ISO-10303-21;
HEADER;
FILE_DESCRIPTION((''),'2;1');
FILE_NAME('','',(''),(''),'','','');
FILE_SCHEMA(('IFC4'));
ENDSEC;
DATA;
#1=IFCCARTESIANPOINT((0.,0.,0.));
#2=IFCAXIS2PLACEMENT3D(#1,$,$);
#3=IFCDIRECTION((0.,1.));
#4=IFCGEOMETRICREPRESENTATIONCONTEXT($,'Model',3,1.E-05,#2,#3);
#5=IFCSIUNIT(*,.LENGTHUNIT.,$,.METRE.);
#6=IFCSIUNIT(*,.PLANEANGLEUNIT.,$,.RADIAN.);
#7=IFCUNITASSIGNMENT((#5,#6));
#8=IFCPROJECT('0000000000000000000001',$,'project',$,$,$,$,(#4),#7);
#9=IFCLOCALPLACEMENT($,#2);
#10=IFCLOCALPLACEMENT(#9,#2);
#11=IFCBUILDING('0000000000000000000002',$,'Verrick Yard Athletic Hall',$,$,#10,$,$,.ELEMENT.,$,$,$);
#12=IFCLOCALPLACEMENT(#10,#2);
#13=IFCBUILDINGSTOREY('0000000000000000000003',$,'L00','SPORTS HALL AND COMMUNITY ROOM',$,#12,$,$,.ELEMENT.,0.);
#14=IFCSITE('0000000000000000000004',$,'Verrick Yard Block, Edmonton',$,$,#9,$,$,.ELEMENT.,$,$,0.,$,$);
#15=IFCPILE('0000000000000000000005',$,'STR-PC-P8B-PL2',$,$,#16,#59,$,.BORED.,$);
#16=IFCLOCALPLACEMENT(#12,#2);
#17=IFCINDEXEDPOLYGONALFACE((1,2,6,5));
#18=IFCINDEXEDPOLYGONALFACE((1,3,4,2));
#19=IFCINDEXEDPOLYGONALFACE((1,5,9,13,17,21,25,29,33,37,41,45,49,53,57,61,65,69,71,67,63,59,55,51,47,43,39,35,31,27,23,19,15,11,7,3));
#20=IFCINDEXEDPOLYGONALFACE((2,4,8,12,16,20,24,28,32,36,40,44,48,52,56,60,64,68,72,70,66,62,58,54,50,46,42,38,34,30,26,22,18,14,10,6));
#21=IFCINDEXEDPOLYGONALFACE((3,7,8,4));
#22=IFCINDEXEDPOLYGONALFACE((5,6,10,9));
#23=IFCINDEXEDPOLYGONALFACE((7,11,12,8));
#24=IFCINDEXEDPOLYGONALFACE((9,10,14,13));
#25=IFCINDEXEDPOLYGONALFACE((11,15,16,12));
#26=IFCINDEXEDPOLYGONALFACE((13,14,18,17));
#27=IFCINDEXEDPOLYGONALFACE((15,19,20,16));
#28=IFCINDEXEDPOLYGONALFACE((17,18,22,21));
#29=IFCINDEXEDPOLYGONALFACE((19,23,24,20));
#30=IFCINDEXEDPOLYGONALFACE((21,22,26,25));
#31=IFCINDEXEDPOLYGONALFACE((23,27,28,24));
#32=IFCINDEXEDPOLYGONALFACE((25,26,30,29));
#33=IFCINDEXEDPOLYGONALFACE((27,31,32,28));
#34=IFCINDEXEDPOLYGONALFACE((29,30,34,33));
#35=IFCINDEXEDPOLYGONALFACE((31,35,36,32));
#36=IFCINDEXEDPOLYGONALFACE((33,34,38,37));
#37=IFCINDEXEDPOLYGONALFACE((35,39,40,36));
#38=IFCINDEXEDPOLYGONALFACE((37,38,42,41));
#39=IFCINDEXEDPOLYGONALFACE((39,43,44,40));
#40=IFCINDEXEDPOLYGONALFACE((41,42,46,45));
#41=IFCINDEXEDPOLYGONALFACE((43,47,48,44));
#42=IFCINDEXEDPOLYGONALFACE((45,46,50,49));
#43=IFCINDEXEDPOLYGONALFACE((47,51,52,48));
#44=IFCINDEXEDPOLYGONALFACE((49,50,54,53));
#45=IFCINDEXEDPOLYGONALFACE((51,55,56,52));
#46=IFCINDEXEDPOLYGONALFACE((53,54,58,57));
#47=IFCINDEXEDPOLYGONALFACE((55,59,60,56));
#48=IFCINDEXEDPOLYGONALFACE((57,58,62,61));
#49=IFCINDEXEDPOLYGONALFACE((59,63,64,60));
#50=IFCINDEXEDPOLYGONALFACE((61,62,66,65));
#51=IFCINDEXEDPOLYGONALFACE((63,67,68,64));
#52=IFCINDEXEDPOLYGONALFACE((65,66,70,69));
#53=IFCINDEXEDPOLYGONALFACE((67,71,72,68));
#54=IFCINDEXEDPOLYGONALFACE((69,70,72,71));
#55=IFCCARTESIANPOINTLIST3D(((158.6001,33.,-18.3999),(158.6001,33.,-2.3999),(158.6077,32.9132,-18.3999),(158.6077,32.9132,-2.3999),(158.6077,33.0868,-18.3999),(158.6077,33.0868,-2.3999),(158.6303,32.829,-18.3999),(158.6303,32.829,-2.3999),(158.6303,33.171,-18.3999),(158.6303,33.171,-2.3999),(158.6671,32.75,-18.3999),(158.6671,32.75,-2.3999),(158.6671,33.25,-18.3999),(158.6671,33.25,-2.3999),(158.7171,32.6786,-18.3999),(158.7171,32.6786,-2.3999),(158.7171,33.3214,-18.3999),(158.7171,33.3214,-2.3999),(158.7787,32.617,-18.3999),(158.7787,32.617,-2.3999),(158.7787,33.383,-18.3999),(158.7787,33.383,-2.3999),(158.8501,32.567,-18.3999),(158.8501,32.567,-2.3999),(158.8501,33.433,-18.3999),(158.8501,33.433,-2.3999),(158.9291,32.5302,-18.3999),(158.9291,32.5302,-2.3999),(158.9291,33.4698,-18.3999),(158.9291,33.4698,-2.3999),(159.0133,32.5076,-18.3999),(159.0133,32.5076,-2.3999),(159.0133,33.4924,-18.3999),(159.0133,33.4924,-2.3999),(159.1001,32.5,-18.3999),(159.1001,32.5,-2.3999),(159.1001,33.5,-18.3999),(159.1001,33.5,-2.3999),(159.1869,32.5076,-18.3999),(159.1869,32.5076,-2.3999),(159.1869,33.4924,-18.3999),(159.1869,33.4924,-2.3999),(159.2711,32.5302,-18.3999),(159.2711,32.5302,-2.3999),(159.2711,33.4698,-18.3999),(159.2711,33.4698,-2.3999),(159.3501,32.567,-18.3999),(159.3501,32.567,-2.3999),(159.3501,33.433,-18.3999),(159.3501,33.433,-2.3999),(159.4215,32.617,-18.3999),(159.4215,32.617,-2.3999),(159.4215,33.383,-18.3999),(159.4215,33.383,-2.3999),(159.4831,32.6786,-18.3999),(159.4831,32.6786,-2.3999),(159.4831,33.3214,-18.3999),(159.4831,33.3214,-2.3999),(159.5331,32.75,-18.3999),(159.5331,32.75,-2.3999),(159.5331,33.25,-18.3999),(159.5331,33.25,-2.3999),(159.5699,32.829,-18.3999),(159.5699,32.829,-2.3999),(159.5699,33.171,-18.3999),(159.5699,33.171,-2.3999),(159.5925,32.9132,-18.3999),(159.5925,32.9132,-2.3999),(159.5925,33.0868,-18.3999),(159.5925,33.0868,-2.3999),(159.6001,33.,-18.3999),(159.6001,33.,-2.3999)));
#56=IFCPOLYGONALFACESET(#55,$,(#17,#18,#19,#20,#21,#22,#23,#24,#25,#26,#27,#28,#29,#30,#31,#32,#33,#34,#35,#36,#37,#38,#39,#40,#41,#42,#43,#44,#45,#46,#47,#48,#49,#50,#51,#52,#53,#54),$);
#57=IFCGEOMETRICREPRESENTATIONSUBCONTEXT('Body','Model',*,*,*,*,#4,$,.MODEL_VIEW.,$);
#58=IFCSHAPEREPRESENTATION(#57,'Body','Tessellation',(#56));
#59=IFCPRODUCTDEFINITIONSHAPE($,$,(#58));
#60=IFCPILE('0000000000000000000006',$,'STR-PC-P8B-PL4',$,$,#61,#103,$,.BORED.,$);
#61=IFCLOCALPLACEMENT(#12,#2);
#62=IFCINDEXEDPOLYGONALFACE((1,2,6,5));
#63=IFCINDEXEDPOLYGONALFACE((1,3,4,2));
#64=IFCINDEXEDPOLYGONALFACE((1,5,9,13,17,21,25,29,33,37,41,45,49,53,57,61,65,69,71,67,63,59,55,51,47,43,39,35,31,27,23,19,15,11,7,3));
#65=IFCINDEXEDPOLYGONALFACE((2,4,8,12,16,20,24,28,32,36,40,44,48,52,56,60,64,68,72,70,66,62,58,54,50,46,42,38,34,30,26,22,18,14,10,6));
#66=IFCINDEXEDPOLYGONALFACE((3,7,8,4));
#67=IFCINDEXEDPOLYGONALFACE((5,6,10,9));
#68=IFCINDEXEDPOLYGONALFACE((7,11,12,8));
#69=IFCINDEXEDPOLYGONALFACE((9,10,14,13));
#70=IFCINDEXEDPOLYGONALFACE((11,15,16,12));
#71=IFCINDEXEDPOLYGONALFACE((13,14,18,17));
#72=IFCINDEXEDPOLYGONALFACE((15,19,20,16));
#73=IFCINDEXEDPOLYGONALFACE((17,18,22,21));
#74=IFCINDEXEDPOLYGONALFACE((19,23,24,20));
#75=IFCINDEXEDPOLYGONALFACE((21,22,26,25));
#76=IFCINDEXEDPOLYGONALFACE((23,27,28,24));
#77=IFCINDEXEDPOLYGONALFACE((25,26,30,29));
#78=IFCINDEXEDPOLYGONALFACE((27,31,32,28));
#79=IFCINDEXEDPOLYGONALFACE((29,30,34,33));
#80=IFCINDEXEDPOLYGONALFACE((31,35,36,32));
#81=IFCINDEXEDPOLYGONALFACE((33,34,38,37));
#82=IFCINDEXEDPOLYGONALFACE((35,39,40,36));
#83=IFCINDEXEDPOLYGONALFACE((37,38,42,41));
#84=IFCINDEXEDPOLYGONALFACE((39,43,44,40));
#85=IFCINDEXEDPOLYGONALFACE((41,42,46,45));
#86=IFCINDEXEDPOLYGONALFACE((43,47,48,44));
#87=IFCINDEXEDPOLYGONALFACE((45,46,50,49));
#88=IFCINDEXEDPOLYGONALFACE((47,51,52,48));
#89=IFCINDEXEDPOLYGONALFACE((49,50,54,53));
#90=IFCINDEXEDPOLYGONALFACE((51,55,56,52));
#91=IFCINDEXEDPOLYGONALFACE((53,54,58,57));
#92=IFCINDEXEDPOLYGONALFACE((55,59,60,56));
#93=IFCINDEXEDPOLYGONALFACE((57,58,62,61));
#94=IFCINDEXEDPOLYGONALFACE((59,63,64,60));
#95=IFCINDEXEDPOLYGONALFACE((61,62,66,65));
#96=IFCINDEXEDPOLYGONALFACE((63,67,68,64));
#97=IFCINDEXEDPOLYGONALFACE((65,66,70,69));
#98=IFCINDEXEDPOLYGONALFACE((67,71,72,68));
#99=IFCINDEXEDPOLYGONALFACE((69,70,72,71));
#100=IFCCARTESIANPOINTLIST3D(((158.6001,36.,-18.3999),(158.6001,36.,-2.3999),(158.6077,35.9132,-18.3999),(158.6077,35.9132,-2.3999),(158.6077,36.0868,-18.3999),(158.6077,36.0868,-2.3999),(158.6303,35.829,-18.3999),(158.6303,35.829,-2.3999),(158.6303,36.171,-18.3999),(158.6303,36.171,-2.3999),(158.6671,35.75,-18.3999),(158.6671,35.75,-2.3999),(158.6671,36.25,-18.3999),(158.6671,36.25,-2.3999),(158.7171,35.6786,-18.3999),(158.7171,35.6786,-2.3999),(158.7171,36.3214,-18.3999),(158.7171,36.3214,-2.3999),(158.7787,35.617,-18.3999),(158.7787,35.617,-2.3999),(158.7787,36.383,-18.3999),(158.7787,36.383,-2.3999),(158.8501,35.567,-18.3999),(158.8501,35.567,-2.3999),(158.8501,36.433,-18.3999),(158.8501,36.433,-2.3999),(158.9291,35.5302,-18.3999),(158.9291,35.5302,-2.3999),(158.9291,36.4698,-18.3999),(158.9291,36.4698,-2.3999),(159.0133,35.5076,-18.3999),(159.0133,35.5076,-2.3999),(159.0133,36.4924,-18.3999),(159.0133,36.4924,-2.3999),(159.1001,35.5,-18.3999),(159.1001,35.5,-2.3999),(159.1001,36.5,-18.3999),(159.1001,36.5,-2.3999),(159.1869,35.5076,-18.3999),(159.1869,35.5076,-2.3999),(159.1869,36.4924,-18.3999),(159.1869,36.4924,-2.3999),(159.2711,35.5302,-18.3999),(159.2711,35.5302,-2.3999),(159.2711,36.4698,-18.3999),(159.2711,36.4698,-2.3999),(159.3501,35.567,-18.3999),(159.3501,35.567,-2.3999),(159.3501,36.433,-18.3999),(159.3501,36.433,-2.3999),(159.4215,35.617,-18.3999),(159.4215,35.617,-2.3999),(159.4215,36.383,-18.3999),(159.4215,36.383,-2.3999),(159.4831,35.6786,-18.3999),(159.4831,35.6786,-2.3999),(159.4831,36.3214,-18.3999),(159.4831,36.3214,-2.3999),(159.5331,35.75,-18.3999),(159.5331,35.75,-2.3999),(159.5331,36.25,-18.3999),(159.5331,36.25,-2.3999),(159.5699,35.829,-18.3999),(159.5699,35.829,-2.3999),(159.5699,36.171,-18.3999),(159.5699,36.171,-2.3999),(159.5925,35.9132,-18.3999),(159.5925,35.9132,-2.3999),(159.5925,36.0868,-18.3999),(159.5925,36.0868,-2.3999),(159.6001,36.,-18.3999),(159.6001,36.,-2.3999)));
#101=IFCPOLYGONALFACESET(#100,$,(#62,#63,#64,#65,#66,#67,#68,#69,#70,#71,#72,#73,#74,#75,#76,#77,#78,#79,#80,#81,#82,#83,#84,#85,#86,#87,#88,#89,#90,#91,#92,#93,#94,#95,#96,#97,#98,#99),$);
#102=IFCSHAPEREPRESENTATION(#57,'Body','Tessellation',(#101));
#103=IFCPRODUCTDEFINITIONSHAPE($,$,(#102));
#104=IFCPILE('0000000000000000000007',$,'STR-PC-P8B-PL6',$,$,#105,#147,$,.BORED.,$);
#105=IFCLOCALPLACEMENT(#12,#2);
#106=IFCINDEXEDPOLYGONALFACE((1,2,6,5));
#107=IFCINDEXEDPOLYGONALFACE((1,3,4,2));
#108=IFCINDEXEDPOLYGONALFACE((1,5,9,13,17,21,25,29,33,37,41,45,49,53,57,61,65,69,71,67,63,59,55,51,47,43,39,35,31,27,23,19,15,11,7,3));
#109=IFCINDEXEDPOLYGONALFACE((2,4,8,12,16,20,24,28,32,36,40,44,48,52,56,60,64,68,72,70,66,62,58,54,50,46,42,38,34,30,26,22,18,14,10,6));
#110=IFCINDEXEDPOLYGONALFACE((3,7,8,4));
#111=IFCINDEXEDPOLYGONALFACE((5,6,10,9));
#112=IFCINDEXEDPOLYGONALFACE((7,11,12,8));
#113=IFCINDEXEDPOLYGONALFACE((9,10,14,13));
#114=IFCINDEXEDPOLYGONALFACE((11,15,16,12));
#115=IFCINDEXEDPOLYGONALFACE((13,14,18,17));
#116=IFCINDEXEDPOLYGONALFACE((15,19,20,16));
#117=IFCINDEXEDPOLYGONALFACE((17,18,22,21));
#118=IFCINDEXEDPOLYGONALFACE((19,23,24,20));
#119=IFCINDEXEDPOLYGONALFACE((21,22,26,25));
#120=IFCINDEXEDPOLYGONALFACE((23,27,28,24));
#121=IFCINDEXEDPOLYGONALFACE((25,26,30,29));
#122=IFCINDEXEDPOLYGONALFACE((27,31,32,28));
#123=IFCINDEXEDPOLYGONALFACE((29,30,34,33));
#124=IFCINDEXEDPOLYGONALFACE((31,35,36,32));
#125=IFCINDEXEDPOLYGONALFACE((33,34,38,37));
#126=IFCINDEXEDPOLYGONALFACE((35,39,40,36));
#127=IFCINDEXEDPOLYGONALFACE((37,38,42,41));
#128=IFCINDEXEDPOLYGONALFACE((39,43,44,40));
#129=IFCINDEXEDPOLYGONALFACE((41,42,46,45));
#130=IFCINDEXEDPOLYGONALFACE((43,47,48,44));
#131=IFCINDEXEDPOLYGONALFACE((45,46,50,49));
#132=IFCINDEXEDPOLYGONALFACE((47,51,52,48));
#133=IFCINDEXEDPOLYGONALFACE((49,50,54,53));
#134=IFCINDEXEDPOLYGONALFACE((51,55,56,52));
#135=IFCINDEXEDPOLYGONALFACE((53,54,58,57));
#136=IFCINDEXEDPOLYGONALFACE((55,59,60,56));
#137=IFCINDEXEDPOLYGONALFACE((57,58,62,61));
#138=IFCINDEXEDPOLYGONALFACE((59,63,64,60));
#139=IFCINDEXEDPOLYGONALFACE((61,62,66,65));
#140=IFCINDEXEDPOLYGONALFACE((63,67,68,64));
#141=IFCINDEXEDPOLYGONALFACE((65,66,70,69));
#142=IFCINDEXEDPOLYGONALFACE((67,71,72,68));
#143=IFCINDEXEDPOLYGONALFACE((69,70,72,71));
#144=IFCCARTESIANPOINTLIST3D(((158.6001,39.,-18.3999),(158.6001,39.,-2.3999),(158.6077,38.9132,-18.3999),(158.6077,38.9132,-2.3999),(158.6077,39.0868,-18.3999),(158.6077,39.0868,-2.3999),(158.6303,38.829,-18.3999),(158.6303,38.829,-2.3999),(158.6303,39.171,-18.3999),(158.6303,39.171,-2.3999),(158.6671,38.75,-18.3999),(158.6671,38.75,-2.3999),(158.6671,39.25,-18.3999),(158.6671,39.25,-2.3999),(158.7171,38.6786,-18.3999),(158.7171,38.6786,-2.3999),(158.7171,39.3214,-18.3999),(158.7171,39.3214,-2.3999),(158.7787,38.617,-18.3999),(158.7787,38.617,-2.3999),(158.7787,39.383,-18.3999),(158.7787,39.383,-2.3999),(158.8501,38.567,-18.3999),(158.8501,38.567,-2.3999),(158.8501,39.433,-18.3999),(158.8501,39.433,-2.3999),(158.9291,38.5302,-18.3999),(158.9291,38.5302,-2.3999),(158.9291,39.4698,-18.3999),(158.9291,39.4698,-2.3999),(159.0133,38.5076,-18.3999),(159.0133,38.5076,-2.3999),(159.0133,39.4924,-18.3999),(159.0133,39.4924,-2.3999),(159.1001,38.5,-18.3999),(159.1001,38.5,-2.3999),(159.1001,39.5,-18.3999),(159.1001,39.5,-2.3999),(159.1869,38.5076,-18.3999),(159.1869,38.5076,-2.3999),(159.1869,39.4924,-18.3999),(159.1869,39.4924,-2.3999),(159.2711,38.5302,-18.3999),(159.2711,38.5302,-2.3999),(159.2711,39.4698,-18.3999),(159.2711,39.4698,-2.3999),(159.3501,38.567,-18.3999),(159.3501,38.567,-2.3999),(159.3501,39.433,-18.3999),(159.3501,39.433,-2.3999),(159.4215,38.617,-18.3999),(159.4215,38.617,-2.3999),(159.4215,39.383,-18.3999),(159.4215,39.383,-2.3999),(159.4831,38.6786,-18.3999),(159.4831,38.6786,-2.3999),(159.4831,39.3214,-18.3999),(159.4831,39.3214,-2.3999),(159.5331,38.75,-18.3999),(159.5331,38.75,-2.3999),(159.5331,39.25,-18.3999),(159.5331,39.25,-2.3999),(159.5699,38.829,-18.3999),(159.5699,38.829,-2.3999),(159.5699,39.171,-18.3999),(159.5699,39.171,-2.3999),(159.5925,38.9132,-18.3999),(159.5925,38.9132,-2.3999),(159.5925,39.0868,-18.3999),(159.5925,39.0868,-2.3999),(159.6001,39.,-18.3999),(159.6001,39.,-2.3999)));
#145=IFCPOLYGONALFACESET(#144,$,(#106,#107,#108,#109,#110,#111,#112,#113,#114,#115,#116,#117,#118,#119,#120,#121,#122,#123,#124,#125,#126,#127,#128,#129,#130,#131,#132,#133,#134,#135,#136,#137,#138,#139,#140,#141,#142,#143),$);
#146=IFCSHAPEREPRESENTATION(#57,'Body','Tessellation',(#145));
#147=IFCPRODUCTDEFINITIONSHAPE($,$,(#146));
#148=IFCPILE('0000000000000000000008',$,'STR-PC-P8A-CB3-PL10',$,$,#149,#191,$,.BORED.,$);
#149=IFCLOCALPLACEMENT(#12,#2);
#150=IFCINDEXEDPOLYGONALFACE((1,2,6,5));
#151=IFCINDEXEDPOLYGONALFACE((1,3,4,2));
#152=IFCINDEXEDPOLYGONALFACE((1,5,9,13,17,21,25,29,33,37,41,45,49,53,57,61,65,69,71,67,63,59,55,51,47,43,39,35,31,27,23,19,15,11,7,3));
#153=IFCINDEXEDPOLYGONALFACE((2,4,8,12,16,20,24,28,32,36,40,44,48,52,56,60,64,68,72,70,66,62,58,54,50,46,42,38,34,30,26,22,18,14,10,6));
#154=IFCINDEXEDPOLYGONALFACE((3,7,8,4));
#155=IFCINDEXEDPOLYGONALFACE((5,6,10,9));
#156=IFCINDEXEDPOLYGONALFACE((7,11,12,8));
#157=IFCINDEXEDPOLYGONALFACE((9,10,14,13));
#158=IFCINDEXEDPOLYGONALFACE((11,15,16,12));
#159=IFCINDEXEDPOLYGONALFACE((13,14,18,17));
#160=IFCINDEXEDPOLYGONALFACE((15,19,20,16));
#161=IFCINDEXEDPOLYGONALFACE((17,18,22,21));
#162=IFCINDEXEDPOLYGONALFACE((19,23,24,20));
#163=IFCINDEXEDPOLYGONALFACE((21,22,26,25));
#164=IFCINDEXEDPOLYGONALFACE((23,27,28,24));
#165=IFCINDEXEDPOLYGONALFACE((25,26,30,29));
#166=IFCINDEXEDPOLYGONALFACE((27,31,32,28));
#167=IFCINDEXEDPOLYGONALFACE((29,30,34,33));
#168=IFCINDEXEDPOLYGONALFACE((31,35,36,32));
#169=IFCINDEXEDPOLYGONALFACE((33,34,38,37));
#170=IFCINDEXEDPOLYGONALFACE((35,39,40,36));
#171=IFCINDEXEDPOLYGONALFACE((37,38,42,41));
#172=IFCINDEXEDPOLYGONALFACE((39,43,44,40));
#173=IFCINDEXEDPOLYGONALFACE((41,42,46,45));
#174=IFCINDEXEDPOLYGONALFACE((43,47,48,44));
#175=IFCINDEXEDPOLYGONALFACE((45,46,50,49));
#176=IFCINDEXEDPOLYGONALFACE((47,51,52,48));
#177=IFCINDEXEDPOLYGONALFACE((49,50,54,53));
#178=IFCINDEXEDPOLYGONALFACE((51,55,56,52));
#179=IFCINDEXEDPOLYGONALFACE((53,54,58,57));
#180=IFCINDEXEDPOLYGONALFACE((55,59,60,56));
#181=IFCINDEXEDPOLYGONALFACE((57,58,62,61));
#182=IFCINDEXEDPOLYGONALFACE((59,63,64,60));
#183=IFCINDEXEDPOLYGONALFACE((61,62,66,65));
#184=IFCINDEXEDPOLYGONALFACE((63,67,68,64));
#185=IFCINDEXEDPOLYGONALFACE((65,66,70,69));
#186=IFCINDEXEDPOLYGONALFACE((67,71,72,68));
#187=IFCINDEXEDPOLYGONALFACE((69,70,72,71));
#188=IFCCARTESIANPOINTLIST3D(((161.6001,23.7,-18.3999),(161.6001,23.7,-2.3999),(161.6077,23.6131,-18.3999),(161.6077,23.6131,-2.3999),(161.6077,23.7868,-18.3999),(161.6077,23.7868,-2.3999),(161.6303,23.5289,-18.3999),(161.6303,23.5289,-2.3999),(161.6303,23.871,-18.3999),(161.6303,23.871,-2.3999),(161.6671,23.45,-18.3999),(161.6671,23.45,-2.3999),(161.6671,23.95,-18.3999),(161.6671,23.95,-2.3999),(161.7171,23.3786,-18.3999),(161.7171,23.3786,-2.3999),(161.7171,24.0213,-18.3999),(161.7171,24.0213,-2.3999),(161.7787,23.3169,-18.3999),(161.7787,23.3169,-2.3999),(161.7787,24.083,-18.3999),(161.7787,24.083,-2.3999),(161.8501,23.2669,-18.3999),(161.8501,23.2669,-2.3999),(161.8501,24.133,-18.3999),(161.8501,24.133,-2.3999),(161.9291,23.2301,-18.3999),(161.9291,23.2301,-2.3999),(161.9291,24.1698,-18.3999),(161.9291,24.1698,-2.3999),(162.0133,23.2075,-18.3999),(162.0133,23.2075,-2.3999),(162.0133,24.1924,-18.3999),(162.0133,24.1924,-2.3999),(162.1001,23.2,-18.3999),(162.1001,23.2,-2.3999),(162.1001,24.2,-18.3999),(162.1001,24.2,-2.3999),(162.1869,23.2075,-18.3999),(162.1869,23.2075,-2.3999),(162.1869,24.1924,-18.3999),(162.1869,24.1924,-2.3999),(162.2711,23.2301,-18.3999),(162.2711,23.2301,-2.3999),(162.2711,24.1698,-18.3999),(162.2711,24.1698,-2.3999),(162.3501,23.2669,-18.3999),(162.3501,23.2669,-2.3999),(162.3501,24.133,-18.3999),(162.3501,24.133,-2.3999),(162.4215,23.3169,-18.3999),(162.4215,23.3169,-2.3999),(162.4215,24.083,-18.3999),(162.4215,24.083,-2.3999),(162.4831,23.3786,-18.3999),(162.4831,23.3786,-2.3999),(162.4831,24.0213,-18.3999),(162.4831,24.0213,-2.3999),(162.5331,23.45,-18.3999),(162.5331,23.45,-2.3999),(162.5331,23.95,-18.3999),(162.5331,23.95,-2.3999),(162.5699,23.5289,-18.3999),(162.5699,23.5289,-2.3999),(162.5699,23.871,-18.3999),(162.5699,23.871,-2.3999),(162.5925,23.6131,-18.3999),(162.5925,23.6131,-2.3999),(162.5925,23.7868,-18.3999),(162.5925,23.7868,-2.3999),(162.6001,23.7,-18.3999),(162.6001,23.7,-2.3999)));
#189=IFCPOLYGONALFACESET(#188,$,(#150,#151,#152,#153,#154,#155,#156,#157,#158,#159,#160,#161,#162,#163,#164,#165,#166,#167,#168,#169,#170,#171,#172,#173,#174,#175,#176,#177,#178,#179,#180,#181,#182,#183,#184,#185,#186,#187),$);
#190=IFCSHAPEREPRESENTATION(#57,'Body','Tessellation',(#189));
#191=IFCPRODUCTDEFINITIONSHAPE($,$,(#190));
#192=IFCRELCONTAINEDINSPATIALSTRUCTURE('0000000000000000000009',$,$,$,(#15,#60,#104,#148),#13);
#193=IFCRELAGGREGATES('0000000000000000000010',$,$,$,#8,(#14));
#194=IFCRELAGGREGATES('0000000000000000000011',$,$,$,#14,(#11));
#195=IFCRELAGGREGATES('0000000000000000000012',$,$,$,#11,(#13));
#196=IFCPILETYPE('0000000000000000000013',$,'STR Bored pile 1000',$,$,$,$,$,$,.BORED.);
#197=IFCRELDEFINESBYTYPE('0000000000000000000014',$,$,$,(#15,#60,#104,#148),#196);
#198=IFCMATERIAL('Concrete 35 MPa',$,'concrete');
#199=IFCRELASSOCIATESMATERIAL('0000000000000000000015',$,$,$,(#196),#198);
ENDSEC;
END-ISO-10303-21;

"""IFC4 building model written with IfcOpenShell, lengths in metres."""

from ifc_helpers import new_model, si_unit, direction, frame, origin, origin_2d, place, context, subcontext, project, spatial, circle, extrude, material, type_object, element, save


model = new_model("IFC4")

# Units and contexts
model_context = context("Model", 3, precision=1e-05, world=origin(), true_north=direction((0.0, 1.0)))
body_context = subcontext(model_context, "Body", "Model", "MODEL_VIEW")
ifc_project = project(units=[si_unit("LENGTHUNIT", "METRE"), si_unit("PLANEANGLEUNIT", "RADIAN")], contexts=[model_context])

# Site, building, storey
site_placement = place(None, origin())
site = spatial("IfcSite", under=ifc_project, at=site_placement, Name="Verrick Yard Block, Edmonton", CompositionType="ELEMENT", RefElevation=0.0)
building_placement = place(site_placement, origin())
building = spatial("IfcBuilding", under=site, at=building_placement, Name="Verrick Yard Athletic Hall", CompositionType="ELEMENT")
storey_placement = place(building_placement, origin())
storey = spatial("IfcBuildingStorey", under=building, at=storey_placement, Name="L00", Description="SPORTS HALL AND COMMUNITY ROOM", CompositionType="ELEMENT", Elevation=0.0)

# Piles
ifc_material_1 = material(Name="Concrete 35 MPa", Category="concrete")
pile_type = type_object("IfcPileType", Name="STR Bored pile 1000", PredefinedType="BORED", material=ifc_material_1)
for number, where, z_axis, x_axis, name in (
    (1, (159.1001, 33.0, -2.3999), (0.0, 0.0, -1.0), (1.0, 0.0, 0.0), "STR-PC-P8B-PL2"),
    (2, (159.1001, 36.0, -2.3999), (0.0, 0.0, -1.0), (1.0, 0.0, 0.0), "STR-PC-P8B-PL4"),
    (3, (159.1001, 39.0, -2.3999), (0.0, 0.0, -1.0), (1.0, 0.0, 0.0), "STR-PC-P8B-PL6"),
    (4, (162.1001, 23.7, -2.3999), (0.0, 0.0, -1.0), (1.0, 0.0, 0.0), "STR-PC-P8A-CB3-PL10"),
):
    element("IfcPile", number, at=place(storey_placement, frame(where, z_axis=z_axis, x_axis=x_axis)), inside=storey, type_object=pile_type, Name=name, PredefinedType="BORED", context=body_context, shape_type="SweptSolid", body=[
        extrude(circle(Radius=0.5, at=origin_2d()), origin(), (0.0, 0.0, 1.0), 16.0),
    ])

save(model, "model.ifc")
